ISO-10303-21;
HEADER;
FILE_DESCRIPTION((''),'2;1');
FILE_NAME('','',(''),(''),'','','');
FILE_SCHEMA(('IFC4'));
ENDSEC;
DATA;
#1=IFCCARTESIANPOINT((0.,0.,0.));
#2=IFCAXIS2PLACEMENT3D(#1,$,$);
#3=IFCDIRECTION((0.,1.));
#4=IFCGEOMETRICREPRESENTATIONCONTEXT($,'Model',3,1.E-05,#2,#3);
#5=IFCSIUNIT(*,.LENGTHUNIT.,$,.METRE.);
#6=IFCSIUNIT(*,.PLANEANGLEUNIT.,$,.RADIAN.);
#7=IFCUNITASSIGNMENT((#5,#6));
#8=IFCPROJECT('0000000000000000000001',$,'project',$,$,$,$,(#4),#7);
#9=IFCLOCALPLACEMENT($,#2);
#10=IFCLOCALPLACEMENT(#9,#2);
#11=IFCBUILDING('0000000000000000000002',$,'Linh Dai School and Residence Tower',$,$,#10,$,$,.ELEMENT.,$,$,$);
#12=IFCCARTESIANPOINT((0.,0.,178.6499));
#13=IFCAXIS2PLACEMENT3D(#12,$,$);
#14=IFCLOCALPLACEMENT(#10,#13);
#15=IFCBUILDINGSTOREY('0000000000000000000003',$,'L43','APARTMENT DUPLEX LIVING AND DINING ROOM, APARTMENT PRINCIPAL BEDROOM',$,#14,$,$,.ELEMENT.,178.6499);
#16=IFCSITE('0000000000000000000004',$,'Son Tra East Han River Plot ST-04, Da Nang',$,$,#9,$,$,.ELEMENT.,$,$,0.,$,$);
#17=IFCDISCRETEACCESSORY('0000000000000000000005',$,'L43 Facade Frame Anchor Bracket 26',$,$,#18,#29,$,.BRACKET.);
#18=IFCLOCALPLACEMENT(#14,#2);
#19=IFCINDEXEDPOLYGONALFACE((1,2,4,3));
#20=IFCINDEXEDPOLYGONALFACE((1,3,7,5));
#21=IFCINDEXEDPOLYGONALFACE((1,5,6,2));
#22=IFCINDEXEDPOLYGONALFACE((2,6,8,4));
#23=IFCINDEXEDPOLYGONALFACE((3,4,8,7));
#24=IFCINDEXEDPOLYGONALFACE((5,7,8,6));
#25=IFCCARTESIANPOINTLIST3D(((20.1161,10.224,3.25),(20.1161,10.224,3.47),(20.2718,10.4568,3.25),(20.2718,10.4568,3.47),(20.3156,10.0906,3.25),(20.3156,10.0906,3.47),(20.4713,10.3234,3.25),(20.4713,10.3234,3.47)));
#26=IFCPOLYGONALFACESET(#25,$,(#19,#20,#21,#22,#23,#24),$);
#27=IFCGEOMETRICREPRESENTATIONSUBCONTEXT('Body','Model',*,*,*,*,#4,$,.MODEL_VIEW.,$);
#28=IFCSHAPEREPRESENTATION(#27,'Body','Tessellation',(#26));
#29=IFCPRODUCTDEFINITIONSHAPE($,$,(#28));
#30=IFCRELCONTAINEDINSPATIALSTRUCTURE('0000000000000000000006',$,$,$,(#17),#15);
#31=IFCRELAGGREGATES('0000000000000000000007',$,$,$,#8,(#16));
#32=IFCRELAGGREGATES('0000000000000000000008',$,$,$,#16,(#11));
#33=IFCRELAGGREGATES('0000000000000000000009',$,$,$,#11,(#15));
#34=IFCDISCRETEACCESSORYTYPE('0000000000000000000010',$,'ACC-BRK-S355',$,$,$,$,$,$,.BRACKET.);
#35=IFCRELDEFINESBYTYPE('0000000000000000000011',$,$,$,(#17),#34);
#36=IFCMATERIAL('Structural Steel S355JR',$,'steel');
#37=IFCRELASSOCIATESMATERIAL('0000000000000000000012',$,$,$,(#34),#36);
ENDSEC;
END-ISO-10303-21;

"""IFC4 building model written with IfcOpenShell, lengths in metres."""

from ifc_helpers import new_model, si_unit, direction, frame, origin, origin_2d, place, context, subcontext, project, spatial, rectangle, extrude, source, transform, mapped, material, type_object, element, save


model = new_model("IFC4")

# Units and contexts
model_context = context("Model", 3, precision=1e-05, world=origin(), true_north=direction((0.0, 1.0)))
body_context = subcontext(model_context, "Body", "Model", "MODEL_VIEW")
ifc_project = project(units=[si_unit("LENGTHUNIT", "METRE"), si_unit("PLANEANGLEUNIT", "RADIAN")], contexts=[model_context])

# Site, building, storey
site_placement = place(None, origin())
site = spatial("IfcSite", under=ifc_project, at=site_placement, Name="Son Tra East Han River Plot ST-04, Da Nang", CompositionType="ELEMENT", RefElevation=0.0)
building_placement = place(site_placement, origin())
building = spatial("IfcBuilding", under=site, at=building_placement, Name="Linh Dai School and Residence Tower", CompositionType="ELEMENT")
storey_placement = place(building_placement, frame((0.0, 0.0, 178.6499)))
storey = spatial("IfcBuildingStorey", under=building, at=storey_placement, Name="L43", Description="APARTMENT DUPLEX LIVING AND DINING ROOM, APARTMENT PRINCIPAL BEDROOM", CompositionType="ELEMENT", Elevation=178.6499)

# Shared definitions
ifc_material_1 = material(Name="Structural Steel S355JR", Category="steel")

# Discrete accessory
discrete_accessory_type = type_object("IfcDiscreteAccessoryType", Name="ACC-BRK-S355", PredefinedType="BRACKET", material=ifc_material_1)
shared_shape_1 = source(origin(), body_context, "Body", "SweptSolid", [
    extrude(rectangle(XDim=0.28, YDim=0.24, at=origin_2d()), origin(), (0.0, 0.0, 1.0), 0.22),
])
discrete_accessory_placement = place(storey_placement, frame((20.2937, 10.2737, 3.25), z_axis=(0.0, 0.0, 1.0), x_axis=(-0.555931, -0.831228, 0.0)))
element("IfcDiscreteAccessory", 1, at=discrete_accessory_placement, inside=storey, type_object=discrete_accessory_type, Name="L43 Facade Frame Anchor Bracket 26", PredefinedType="BRACKET", context=body_context, shape_type="MappedRepresentation", body=[
    mapped(shared_shape_1, transform((0.0, 0.0, 0.0), x_axis=(1.0, 0.0, 0.0), y_axis=(0.0, 1.0, 0.0), z_axis=(0.0, 0.0, 1.0), scale=1.0)),
])

save(model, "model.ifc")
